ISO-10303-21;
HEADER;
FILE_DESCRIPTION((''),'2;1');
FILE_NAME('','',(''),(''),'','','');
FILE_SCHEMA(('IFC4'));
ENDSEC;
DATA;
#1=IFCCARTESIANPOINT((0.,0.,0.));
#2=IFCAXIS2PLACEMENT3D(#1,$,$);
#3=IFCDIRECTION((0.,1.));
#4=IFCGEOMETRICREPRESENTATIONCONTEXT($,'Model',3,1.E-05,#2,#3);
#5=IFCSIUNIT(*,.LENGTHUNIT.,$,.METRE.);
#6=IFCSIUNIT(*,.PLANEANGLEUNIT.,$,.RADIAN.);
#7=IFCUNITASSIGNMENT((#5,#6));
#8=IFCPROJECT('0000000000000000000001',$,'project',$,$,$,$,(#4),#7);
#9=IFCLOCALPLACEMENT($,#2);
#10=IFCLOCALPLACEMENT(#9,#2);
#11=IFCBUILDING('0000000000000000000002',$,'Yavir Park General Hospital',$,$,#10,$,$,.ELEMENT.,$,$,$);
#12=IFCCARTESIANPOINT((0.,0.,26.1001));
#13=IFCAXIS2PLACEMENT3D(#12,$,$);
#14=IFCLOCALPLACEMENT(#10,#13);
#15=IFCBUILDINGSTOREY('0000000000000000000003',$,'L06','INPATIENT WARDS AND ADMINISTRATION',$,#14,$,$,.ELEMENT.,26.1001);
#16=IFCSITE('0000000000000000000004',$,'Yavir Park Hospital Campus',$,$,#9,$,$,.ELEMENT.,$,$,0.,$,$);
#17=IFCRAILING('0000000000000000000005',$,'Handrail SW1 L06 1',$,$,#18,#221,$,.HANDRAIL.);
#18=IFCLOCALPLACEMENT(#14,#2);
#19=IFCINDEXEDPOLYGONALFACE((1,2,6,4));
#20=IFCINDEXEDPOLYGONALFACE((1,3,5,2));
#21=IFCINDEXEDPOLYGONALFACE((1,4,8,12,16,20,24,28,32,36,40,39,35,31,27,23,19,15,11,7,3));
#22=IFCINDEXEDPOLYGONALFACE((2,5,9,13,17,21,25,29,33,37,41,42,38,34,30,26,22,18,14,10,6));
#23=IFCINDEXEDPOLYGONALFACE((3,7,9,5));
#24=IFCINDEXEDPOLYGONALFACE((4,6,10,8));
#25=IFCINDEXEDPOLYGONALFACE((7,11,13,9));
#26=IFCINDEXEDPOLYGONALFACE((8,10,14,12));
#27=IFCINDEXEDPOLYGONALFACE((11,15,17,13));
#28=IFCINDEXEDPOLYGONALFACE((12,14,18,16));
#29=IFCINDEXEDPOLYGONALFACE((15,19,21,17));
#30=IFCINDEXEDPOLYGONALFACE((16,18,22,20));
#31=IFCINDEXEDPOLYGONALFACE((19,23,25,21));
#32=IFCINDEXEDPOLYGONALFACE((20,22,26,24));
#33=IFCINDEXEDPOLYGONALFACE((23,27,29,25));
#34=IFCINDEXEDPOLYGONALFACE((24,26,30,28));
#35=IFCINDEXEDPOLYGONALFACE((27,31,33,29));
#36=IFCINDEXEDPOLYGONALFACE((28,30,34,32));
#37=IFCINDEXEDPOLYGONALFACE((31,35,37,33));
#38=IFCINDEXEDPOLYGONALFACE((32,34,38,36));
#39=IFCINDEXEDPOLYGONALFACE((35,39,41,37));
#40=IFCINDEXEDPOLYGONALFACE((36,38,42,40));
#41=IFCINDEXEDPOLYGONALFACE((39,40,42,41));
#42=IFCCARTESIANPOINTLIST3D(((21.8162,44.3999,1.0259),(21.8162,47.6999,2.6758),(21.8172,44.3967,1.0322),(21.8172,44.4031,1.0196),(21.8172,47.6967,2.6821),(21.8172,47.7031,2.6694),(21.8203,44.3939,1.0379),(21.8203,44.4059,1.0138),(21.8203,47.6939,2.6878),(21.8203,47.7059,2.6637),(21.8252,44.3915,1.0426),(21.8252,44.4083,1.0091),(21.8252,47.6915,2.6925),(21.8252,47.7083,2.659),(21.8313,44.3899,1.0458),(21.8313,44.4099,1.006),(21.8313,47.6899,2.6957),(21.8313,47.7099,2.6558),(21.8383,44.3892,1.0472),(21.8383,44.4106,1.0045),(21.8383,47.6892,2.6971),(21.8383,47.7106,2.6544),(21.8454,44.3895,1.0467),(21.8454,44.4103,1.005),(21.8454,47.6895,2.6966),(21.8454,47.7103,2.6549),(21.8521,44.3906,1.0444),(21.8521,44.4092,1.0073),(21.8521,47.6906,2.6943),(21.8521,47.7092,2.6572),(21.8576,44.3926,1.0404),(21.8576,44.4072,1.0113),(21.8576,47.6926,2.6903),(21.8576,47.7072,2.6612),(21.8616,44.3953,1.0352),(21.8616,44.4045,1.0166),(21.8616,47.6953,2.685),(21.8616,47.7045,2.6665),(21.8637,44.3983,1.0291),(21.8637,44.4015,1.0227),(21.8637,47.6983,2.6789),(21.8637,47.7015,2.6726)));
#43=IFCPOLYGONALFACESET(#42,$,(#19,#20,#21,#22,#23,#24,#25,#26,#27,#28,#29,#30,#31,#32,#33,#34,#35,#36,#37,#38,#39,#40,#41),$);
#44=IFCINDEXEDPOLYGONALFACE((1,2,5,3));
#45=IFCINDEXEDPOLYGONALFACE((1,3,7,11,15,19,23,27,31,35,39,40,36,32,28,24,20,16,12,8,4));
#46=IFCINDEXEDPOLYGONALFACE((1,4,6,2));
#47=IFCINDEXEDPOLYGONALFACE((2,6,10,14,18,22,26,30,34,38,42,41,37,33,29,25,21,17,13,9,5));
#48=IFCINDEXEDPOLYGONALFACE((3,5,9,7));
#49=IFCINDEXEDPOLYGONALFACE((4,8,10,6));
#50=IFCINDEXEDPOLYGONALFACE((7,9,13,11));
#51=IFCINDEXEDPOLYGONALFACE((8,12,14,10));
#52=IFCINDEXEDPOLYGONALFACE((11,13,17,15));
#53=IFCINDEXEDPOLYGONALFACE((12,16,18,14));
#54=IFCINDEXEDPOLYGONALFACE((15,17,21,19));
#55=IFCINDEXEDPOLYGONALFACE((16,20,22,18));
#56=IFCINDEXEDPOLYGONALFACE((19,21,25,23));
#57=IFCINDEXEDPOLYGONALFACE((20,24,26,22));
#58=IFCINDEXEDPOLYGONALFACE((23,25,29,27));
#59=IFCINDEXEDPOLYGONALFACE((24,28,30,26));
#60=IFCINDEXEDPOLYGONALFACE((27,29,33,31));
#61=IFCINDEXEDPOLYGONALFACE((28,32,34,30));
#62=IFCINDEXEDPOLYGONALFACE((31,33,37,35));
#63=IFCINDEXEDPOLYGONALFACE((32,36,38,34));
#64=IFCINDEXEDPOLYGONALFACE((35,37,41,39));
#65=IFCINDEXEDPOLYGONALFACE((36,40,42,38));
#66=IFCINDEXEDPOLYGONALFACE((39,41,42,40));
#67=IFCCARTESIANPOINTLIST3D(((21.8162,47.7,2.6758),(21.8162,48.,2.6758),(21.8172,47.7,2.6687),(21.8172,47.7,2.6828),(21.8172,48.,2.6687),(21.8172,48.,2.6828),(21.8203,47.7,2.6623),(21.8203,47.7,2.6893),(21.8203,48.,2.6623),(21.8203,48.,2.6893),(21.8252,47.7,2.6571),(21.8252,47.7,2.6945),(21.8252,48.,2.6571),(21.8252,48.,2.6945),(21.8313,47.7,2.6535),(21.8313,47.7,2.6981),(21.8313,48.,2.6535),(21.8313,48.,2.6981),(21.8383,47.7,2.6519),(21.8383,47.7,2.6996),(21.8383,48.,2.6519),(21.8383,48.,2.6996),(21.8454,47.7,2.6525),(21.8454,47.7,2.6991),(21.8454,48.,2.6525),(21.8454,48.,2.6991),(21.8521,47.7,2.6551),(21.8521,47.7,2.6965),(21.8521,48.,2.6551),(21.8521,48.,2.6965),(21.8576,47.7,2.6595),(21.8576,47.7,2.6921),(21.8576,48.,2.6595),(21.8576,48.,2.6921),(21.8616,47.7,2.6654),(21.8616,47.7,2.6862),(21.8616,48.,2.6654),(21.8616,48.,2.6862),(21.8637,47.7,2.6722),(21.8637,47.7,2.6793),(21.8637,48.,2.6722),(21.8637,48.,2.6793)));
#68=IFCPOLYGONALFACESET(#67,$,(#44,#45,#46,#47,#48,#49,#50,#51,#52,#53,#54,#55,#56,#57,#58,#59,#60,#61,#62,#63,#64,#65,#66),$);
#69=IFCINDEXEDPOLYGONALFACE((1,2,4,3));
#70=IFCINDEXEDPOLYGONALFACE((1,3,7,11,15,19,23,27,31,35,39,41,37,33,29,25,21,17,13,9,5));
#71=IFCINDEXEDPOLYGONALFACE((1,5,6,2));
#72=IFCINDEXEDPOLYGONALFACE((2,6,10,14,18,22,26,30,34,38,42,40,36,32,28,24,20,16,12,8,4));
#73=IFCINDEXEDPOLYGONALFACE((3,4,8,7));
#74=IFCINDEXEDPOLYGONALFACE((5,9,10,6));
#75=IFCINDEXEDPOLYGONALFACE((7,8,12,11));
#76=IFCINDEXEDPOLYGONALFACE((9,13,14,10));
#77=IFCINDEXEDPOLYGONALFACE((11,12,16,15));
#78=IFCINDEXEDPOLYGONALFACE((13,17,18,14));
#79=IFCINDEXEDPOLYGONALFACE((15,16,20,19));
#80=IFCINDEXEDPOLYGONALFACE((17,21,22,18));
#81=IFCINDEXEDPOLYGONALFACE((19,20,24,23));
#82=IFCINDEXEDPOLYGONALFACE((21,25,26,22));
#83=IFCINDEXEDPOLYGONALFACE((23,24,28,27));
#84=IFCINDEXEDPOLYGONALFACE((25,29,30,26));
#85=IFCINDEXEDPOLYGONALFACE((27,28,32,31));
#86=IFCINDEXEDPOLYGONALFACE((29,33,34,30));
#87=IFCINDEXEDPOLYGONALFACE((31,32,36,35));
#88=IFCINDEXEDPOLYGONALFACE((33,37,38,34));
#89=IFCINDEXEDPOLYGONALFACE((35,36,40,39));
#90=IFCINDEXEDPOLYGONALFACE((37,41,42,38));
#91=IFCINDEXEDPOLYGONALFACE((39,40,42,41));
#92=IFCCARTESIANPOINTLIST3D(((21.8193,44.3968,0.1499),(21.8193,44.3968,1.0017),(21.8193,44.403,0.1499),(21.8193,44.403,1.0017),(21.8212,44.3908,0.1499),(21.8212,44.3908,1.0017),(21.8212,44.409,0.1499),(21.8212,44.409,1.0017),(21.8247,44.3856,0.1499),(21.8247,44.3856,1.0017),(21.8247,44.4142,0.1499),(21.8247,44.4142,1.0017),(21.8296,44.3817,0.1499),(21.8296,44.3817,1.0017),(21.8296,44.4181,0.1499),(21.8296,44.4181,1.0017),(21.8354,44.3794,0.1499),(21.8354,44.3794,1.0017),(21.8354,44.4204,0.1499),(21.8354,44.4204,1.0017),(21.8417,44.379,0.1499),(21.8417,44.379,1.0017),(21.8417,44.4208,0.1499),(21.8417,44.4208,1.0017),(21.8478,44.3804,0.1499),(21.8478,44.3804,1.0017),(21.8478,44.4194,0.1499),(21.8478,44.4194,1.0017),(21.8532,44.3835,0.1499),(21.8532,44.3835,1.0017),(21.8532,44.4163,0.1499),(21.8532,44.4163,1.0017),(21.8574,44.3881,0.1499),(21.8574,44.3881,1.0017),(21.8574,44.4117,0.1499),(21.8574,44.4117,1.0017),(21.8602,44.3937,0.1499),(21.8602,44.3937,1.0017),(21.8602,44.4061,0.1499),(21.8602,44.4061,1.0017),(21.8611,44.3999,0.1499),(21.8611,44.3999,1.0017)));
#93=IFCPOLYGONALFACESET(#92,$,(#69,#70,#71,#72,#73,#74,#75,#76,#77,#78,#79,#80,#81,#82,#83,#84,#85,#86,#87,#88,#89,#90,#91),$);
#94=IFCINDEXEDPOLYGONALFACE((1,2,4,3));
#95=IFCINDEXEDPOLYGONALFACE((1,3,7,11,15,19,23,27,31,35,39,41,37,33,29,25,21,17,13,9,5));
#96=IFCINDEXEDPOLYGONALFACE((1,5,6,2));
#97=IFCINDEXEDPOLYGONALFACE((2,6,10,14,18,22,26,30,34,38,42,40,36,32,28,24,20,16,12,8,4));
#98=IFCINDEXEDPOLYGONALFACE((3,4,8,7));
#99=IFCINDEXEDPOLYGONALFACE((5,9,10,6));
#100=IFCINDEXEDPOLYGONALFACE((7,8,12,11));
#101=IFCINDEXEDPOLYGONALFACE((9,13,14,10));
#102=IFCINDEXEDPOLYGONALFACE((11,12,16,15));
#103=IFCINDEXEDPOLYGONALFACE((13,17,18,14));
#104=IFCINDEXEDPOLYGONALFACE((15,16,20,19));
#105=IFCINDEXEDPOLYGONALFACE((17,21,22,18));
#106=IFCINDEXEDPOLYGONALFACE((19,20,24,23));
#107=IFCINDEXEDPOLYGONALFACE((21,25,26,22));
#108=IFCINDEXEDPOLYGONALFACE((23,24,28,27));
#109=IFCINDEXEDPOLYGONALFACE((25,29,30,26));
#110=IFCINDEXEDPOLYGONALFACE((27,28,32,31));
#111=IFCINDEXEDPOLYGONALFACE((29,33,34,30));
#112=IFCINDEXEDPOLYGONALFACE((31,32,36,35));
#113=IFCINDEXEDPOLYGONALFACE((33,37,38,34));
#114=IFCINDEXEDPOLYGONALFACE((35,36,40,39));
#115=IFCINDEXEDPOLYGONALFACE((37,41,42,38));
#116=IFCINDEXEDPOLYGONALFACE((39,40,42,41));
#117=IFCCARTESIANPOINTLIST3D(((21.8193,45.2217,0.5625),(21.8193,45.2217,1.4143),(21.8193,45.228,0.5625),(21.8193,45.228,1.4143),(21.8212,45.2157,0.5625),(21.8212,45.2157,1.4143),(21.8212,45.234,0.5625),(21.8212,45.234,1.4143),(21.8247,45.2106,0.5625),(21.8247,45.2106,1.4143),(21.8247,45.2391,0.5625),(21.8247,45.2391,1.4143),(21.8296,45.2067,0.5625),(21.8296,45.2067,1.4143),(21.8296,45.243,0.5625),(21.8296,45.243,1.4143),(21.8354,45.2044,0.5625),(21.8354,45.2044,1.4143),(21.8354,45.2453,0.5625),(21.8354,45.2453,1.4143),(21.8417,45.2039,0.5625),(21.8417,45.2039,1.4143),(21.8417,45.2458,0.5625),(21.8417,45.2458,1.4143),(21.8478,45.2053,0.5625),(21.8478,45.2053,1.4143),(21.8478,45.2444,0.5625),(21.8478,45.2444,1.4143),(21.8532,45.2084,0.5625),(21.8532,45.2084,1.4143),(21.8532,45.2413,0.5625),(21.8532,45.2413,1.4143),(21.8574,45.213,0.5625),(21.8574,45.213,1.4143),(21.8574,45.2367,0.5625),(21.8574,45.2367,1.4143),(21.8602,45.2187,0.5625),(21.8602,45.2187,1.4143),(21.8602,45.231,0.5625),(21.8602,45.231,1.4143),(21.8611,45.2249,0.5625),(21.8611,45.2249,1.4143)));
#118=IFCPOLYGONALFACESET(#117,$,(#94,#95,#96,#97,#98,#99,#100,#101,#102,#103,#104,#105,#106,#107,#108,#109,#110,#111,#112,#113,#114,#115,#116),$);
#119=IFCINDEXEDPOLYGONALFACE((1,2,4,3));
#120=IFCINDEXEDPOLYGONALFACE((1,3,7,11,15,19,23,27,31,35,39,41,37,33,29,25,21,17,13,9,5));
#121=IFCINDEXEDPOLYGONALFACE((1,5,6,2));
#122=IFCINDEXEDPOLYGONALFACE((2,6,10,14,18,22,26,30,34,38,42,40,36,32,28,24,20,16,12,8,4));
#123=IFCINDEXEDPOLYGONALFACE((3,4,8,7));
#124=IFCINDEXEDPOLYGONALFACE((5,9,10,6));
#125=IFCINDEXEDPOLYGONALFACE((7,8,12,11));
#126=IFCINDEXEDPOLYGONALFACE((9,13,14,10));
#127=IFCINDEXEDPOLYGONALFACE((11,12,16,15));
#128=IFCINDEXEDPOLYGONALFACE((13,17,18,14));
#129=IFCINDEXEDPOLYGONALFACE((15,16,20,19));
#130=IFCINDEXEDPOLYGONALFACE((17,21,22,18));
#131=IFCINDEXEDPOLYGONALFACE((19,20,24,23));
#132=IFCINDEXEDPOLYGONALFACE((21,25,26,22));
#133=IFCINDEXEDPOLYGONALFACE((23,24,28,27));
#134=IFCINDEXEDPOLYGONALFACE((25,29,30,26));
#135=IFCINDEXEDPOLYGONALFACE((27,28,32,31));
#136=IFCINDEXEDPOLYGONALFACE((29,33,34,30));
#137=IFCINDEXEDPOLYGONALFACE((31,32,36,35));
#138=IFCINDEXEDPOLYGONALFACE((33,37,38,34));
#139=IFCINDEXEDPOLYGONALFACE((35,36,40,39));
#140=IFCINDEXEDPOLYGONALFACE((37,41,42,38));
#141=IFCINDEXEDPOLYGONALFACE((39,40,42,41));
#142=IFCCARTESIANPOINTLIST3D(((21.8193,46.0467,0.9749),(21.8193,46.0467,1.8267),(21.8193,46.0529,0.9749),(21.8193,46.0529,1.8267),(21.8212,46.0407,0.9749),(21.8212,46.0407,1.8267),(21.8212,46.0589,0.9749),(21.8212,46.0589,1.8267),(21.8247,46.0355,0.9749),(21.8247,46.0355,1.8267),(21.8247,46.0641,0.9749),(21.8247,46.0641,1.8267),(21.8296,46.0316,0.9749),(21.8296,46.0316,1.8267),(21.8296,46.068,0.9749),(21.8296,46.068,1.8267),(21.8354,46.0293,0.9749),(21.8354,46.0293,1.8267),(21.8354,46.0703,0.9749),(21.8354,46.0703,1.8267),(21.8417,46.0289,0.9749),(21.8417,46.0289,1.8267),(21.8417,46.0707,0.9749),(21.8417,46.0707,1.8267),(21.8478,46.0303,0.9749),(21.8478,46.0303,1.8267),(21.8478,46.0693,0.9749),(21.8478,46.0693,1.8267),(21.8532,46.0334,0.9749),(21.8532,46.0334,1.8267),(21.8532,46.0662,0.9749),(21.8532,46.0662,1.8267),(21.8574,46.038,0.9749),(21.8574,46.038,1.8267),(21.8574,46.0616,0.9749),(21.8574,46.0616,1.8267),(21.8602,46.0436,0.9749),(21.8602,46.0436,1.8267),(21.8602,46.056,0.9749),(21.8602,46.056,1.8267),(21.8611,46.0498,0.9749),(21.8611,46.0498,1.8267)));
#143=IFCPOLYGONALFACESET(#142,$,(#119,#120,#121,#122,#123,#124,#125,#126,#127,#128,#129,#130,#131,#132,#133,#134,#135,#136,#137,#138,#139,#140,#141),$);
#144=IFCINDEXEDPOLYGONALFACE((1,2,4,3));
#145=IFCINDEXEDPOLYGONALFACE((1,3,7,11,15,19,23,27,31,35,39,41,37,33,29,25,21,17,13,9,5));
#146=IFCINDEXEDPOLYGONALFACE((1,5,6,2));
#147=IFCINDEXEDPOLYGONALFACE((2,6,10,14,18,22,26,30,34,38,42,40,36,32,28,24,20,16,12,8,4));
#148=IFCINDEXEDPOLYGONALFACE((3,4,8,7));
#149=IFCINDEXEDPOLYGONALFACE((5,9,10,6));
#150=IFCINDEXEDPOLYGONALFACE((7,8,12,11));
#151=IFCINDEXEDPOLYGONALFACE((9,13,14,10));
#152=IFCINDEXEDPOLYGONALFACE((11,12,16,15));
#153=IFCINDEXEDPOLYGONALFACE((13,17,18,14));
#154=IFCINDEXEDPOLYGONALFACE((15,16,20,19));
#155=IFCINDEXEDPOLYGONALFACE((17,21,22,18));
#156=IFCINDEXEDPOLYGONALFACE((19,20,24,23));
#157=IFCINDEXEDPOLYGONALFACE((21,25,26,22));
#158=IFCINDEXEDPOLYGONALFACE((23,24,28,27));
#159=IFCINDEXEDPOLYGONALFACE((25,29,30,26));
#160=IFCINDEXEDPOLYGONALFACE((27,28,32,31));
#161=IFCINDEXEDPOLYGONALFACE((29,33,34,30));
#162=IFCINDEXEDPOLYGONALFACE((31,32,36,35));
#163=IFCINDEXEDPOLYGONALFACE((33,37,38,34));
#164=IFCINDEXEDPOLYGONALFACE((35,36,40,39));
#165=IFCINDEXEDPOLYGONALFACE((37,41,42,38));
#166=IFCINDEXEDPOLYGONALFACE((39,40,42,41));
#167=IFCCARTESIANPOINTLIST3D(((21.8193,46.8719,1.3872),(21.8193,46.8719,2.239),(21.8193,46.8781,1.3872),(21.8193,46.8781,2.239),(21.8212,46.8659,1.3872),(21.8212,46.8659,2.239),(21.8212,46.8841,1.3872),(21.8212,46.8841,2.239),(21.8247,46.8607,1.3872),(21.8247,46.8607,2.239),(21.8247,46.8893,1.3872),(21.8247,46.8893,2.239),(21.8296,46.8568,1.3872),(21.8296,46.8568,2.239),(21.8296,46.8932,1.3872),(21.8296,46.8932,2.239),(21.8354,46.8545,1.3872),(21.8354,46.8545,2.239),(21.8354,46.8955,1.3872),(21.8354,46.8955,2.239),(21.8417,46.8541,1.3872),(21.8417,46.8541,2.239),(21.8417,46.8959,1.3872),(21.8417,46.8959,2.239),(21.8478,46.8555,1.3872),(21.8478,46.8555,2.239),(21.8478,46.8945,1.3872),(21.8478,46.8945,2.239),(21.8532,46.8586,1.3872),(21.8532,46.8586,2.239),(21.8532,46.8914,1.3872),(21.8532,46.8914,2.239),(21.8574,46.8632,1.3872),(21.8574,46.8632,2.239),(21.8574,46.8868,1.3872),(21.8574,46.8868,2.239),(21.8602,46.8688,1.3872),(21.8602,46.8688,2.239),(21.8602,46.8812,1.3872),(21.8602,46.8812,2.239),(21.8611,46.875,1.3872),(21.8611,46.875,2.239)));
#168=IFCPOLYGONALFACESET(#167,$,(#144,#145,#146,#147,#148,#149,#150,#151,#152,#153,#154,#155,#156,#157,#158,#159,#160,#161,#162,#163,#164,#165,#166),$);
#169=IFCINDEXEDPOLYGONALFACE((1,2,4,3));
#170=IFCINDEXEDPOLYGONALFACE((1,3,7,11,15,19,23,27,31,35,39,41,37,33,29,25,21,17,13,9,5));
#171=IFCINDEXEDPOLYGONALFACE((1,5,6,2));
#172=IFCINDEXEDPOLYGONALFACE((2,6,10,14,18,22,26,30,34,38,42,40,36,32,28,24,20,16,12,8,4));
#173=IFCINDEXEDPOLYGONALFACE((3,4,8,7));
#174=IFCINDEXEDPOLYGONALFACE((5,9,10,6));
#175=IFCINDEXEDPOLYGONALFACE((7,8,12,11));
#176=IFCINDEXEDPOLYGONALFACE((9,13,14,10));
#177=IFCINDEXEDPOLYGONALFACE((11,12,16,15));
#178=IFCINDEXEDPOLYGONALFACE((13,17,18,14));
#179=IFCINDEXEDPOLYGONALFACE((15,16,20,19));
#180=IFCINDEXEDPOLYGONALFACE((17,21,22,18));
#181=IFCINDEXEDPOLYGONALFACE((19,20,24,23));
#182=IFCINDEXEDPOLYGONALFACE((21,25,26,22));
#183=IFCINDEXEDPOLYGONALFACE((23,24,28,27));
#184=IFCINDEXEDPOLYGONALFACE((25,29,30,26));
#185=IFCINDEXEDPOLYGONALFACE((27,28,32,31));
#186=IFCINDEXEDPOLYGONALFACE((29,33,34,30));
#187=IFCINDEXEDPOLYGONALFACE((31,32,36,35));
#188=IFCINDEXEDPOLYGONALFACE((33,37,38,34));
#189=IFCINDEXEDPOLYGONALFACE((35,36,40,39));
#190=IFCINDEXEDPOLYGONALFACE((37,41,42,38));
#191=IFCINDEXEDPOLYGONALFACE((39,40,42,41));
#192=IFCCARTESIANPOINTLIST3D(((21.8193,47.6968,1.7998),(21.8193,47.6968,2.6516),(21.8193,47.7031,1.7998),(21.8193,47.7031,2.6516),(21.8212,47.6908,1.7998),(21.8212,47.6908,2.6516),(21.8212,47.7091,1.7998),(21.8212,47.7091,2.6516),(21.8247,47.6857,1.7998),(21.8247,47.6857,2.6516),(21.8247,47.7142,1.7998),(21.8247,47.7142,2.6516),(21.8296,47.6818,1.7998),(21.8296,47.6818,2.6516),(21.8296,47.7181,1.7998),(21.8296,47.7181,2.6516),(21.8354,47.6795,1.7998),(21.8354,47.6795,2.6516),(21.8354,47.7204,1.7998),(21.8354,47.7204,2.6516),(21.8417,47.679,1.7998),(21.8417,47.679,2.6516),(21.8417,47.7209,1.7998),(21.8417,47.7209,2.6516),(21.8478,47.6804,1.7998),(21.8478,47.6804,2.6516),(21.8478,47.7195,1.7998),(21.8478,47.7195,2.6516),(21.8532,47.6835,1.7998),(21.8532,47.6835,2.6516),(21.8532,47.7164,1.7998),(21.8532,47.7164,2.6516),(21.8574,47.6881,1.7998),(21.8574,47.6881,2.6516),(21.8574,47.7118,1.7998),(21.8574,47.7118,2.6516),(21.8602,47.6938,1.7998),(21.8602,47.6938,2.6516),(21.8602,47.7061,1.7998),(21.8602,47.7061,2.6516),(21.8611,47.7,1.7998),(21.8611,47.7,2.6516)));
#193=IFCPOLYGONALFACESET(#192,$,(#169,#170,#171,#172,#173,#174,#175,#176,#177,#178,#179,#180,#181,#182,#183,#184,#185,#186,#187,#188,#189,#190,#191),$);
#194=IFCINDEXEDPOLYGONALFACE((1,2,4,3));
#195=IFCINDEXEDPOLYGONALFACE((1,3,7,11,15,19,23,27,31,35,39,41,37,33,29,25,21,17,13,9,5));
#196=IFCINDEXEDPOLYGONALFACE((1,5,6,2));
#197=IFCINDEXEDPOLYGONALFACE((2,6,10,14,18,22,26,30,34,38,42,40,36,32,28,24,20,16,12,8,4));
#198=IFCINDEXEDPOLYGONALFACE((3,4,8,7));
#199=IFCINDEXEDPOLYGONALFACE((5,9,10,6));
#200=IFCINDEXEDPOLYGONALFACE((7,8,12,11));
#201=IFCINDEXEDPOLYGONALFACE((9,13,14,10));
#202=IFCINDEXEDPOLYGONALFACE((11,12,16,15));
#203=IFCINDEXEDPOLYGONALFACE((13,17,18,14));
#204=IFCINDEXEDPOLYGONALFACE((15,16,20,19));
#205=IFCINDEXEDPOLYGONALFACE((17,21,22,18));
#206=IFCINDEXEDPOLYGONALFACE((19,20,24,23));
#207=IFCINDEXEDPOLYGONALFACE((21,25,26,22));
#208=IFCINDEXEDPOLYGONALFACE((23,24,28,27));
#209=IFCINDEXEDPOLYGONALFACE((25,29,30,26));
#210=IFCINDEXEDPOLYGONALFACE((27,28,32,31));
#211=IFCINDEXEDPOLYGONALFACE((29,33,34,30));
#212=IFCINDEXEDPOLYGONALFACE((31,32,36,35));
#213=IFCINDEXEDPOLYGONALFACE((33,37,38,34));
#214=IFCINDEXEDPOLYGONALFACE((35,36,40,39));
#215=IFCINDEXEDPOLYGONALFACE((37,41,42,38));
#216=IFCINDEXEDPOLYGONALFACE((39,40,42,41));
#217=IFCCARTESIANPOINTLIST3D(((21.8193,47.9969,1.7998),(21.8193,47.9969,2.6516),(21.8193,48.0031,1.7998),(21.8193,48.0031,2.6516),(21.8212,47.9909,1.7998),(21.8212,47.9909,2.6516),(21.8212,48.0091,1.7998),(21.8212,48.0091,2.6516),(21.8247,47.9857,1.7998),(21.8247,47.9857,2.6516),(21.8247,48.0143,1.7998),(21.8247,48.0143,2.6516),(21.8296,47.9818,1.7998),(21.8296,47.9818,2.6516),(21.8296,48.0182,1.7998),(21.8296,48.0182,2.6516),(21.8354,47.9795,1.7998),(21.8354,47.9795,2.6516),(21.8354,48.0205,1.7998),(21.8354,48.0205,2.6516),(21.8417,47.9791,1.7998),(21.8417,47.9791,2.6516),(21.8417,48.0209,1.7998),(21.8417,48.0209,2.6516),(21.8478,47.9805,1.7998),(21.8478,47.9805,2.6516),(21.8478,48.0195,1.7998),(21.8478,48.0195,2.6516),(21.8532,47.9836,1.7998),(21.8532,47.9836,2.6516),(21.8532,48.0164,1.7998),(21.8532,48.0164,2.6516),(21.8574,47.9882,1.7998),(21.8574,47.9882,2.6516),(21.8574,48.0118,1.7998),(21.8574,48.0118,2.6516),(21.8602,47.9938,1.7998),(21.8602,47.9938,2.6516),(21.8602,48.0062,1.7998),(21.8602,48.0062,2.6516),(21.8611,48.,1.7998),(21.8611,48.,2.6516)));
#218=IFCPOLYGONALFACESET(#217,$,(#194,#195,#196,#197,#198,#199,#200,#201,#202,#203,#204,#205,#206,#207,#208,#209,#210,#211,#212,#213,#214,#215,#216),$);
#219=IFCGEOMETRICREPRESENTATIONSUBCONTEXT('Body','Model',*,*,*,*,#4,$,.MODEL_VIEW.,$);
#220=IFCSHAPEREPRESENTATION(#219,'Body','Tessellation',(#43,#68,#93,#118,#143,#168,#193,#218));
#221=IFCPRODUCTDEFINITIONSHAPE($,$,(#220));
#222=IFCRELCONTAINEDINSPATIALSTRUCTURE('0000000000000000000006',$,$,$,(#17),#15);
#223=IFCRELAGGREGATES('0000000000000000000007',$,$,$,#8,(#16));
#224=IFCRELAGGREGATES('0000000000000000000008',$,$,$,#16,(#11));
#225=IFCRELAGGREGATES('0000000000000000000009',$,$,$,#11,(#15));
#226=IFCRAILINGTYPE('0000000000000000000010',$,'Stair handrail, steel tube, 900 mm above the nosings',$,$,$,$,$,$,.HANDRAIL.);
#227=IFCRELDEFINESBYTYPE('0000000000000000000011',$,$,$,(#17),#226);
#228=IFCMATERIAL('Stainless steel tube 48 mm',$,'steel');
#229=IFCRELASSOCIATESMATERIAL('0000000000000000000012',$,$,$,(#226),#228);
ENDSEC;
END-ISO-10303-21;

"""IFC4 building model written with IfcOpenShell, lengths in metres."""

from ifc_helpers import new_model, si_unit, direction, frame, origin, origin_2d, place, context, subcontext, project, spatial, circle, extrude, material, type_object, element, save


model = new_model("IFC4")

# Units and contexts
model_context = context("Model", 3, precision=1e-05, world=origin(), true_north=direction((0.0, 1.0)))
body_context = subcontext(model_context, "Body", "Model", "MODEL_VIEW")
ifc_project = project(units=[si_unit("LENGTHUNIT", "METRE"), si_unit("PLANEANGLEUNIT", "RADIAN")], contexts=[model_context])

# Site, building, storey
site_placement = place(None, origin())
site = spatial("IfcSite", under=ifc_project, at=site_placement, Name="Yavir Park Hospital Campus", CompositionType="ELEMENT", RefElevation=0.0)
building_placement = place(site_placement, origin())
building = spatial("IfcBuilding", under=site, at=building_placement, Name="Yavir Park General Hospital", CompositionType="ELEMENT")
storey_placement = place(building_placement, frame((0.0, 0.0, 26.1001)))
storey = spatial("IfcBuildingStorey", under=building, at=storey_placement, Name="L06", Description="INPATIENT WARDS AND ADMINISTRATION", CompositionType="ELEMENT", Elevation=26.1001)

# Railing
ifc_material_1 = material(Name="Stainless steel tube 48 mm", Category="steel")
railing_type = type_object("IfcRailingType", Name="Stair handrail, steel tube, 900 mm above the nosings", PredefinedType="HANDRAIL", material=ifc_material_1)
railing_placement = place(storey_placement, frame((21.8401, 44.3999, 0.1499)))
element("IfcRailing", 1, at=railing_placement, inside=storey, type_object=railing_type, Name="Handrail SW1 L06 1", PredefinedType="HANDRAIL", context=body_context, shape_type="SweptSolid", body=[
    extrude(circle(Radius=0.0239, at=origin_2d()), frame((0.0, 0.0, 0.876), z_axis=(0.0, 0.89444, 0.447187), x_axis=(-1.0, 0.0, 0.0)), (0.0, 0.0, 1.0), 3.6895),
    extrude(circle(Radius=0.0239, at=origin_2d()), frame((0.0, 3.3, 2.5259), z_axis=(0.0, 1.0, 0.0), x_axis=(-1.0, 0.0, 0.0)), (0.0, 0.0, 1.0), 0.3),
    extrude(circle(Radius=0.021, at=origin_2d()), origin(), (0.0, 0.0, 1.0), 0.8518),
    extrude(circle(Radius=0.021, at=origin_2d()), frame((0.0, 0.825, 0.4126)), (0.0, 0.0, 1.0), 0.8518),
    extrude(circle(Radius=0.021, at=origin_2d()), frame((0.0, 1.6499, 0.825)), (0.0, 0.0, 1.0), 0.8518),
    extrude(circle(Radius=0.021, at=origin_2d()), frame((0.0, 2.4751, 1.2373)), (0.0, 0.0, 1.0), 0.8518),
    extrude(circle(Radius=0.021, at=origin_2d()), frame((0.0, 3.3, 1.6499)), (0.0, 0.0, 1.0), 0.8518),
    extrude(circle(Radius=0.021, at=origin_2d()), frame((0.0, 3.6001, 1.6499)), (0.0, 0.0, 1.0), 0.8518),
])

save(model, "model.ifc")
